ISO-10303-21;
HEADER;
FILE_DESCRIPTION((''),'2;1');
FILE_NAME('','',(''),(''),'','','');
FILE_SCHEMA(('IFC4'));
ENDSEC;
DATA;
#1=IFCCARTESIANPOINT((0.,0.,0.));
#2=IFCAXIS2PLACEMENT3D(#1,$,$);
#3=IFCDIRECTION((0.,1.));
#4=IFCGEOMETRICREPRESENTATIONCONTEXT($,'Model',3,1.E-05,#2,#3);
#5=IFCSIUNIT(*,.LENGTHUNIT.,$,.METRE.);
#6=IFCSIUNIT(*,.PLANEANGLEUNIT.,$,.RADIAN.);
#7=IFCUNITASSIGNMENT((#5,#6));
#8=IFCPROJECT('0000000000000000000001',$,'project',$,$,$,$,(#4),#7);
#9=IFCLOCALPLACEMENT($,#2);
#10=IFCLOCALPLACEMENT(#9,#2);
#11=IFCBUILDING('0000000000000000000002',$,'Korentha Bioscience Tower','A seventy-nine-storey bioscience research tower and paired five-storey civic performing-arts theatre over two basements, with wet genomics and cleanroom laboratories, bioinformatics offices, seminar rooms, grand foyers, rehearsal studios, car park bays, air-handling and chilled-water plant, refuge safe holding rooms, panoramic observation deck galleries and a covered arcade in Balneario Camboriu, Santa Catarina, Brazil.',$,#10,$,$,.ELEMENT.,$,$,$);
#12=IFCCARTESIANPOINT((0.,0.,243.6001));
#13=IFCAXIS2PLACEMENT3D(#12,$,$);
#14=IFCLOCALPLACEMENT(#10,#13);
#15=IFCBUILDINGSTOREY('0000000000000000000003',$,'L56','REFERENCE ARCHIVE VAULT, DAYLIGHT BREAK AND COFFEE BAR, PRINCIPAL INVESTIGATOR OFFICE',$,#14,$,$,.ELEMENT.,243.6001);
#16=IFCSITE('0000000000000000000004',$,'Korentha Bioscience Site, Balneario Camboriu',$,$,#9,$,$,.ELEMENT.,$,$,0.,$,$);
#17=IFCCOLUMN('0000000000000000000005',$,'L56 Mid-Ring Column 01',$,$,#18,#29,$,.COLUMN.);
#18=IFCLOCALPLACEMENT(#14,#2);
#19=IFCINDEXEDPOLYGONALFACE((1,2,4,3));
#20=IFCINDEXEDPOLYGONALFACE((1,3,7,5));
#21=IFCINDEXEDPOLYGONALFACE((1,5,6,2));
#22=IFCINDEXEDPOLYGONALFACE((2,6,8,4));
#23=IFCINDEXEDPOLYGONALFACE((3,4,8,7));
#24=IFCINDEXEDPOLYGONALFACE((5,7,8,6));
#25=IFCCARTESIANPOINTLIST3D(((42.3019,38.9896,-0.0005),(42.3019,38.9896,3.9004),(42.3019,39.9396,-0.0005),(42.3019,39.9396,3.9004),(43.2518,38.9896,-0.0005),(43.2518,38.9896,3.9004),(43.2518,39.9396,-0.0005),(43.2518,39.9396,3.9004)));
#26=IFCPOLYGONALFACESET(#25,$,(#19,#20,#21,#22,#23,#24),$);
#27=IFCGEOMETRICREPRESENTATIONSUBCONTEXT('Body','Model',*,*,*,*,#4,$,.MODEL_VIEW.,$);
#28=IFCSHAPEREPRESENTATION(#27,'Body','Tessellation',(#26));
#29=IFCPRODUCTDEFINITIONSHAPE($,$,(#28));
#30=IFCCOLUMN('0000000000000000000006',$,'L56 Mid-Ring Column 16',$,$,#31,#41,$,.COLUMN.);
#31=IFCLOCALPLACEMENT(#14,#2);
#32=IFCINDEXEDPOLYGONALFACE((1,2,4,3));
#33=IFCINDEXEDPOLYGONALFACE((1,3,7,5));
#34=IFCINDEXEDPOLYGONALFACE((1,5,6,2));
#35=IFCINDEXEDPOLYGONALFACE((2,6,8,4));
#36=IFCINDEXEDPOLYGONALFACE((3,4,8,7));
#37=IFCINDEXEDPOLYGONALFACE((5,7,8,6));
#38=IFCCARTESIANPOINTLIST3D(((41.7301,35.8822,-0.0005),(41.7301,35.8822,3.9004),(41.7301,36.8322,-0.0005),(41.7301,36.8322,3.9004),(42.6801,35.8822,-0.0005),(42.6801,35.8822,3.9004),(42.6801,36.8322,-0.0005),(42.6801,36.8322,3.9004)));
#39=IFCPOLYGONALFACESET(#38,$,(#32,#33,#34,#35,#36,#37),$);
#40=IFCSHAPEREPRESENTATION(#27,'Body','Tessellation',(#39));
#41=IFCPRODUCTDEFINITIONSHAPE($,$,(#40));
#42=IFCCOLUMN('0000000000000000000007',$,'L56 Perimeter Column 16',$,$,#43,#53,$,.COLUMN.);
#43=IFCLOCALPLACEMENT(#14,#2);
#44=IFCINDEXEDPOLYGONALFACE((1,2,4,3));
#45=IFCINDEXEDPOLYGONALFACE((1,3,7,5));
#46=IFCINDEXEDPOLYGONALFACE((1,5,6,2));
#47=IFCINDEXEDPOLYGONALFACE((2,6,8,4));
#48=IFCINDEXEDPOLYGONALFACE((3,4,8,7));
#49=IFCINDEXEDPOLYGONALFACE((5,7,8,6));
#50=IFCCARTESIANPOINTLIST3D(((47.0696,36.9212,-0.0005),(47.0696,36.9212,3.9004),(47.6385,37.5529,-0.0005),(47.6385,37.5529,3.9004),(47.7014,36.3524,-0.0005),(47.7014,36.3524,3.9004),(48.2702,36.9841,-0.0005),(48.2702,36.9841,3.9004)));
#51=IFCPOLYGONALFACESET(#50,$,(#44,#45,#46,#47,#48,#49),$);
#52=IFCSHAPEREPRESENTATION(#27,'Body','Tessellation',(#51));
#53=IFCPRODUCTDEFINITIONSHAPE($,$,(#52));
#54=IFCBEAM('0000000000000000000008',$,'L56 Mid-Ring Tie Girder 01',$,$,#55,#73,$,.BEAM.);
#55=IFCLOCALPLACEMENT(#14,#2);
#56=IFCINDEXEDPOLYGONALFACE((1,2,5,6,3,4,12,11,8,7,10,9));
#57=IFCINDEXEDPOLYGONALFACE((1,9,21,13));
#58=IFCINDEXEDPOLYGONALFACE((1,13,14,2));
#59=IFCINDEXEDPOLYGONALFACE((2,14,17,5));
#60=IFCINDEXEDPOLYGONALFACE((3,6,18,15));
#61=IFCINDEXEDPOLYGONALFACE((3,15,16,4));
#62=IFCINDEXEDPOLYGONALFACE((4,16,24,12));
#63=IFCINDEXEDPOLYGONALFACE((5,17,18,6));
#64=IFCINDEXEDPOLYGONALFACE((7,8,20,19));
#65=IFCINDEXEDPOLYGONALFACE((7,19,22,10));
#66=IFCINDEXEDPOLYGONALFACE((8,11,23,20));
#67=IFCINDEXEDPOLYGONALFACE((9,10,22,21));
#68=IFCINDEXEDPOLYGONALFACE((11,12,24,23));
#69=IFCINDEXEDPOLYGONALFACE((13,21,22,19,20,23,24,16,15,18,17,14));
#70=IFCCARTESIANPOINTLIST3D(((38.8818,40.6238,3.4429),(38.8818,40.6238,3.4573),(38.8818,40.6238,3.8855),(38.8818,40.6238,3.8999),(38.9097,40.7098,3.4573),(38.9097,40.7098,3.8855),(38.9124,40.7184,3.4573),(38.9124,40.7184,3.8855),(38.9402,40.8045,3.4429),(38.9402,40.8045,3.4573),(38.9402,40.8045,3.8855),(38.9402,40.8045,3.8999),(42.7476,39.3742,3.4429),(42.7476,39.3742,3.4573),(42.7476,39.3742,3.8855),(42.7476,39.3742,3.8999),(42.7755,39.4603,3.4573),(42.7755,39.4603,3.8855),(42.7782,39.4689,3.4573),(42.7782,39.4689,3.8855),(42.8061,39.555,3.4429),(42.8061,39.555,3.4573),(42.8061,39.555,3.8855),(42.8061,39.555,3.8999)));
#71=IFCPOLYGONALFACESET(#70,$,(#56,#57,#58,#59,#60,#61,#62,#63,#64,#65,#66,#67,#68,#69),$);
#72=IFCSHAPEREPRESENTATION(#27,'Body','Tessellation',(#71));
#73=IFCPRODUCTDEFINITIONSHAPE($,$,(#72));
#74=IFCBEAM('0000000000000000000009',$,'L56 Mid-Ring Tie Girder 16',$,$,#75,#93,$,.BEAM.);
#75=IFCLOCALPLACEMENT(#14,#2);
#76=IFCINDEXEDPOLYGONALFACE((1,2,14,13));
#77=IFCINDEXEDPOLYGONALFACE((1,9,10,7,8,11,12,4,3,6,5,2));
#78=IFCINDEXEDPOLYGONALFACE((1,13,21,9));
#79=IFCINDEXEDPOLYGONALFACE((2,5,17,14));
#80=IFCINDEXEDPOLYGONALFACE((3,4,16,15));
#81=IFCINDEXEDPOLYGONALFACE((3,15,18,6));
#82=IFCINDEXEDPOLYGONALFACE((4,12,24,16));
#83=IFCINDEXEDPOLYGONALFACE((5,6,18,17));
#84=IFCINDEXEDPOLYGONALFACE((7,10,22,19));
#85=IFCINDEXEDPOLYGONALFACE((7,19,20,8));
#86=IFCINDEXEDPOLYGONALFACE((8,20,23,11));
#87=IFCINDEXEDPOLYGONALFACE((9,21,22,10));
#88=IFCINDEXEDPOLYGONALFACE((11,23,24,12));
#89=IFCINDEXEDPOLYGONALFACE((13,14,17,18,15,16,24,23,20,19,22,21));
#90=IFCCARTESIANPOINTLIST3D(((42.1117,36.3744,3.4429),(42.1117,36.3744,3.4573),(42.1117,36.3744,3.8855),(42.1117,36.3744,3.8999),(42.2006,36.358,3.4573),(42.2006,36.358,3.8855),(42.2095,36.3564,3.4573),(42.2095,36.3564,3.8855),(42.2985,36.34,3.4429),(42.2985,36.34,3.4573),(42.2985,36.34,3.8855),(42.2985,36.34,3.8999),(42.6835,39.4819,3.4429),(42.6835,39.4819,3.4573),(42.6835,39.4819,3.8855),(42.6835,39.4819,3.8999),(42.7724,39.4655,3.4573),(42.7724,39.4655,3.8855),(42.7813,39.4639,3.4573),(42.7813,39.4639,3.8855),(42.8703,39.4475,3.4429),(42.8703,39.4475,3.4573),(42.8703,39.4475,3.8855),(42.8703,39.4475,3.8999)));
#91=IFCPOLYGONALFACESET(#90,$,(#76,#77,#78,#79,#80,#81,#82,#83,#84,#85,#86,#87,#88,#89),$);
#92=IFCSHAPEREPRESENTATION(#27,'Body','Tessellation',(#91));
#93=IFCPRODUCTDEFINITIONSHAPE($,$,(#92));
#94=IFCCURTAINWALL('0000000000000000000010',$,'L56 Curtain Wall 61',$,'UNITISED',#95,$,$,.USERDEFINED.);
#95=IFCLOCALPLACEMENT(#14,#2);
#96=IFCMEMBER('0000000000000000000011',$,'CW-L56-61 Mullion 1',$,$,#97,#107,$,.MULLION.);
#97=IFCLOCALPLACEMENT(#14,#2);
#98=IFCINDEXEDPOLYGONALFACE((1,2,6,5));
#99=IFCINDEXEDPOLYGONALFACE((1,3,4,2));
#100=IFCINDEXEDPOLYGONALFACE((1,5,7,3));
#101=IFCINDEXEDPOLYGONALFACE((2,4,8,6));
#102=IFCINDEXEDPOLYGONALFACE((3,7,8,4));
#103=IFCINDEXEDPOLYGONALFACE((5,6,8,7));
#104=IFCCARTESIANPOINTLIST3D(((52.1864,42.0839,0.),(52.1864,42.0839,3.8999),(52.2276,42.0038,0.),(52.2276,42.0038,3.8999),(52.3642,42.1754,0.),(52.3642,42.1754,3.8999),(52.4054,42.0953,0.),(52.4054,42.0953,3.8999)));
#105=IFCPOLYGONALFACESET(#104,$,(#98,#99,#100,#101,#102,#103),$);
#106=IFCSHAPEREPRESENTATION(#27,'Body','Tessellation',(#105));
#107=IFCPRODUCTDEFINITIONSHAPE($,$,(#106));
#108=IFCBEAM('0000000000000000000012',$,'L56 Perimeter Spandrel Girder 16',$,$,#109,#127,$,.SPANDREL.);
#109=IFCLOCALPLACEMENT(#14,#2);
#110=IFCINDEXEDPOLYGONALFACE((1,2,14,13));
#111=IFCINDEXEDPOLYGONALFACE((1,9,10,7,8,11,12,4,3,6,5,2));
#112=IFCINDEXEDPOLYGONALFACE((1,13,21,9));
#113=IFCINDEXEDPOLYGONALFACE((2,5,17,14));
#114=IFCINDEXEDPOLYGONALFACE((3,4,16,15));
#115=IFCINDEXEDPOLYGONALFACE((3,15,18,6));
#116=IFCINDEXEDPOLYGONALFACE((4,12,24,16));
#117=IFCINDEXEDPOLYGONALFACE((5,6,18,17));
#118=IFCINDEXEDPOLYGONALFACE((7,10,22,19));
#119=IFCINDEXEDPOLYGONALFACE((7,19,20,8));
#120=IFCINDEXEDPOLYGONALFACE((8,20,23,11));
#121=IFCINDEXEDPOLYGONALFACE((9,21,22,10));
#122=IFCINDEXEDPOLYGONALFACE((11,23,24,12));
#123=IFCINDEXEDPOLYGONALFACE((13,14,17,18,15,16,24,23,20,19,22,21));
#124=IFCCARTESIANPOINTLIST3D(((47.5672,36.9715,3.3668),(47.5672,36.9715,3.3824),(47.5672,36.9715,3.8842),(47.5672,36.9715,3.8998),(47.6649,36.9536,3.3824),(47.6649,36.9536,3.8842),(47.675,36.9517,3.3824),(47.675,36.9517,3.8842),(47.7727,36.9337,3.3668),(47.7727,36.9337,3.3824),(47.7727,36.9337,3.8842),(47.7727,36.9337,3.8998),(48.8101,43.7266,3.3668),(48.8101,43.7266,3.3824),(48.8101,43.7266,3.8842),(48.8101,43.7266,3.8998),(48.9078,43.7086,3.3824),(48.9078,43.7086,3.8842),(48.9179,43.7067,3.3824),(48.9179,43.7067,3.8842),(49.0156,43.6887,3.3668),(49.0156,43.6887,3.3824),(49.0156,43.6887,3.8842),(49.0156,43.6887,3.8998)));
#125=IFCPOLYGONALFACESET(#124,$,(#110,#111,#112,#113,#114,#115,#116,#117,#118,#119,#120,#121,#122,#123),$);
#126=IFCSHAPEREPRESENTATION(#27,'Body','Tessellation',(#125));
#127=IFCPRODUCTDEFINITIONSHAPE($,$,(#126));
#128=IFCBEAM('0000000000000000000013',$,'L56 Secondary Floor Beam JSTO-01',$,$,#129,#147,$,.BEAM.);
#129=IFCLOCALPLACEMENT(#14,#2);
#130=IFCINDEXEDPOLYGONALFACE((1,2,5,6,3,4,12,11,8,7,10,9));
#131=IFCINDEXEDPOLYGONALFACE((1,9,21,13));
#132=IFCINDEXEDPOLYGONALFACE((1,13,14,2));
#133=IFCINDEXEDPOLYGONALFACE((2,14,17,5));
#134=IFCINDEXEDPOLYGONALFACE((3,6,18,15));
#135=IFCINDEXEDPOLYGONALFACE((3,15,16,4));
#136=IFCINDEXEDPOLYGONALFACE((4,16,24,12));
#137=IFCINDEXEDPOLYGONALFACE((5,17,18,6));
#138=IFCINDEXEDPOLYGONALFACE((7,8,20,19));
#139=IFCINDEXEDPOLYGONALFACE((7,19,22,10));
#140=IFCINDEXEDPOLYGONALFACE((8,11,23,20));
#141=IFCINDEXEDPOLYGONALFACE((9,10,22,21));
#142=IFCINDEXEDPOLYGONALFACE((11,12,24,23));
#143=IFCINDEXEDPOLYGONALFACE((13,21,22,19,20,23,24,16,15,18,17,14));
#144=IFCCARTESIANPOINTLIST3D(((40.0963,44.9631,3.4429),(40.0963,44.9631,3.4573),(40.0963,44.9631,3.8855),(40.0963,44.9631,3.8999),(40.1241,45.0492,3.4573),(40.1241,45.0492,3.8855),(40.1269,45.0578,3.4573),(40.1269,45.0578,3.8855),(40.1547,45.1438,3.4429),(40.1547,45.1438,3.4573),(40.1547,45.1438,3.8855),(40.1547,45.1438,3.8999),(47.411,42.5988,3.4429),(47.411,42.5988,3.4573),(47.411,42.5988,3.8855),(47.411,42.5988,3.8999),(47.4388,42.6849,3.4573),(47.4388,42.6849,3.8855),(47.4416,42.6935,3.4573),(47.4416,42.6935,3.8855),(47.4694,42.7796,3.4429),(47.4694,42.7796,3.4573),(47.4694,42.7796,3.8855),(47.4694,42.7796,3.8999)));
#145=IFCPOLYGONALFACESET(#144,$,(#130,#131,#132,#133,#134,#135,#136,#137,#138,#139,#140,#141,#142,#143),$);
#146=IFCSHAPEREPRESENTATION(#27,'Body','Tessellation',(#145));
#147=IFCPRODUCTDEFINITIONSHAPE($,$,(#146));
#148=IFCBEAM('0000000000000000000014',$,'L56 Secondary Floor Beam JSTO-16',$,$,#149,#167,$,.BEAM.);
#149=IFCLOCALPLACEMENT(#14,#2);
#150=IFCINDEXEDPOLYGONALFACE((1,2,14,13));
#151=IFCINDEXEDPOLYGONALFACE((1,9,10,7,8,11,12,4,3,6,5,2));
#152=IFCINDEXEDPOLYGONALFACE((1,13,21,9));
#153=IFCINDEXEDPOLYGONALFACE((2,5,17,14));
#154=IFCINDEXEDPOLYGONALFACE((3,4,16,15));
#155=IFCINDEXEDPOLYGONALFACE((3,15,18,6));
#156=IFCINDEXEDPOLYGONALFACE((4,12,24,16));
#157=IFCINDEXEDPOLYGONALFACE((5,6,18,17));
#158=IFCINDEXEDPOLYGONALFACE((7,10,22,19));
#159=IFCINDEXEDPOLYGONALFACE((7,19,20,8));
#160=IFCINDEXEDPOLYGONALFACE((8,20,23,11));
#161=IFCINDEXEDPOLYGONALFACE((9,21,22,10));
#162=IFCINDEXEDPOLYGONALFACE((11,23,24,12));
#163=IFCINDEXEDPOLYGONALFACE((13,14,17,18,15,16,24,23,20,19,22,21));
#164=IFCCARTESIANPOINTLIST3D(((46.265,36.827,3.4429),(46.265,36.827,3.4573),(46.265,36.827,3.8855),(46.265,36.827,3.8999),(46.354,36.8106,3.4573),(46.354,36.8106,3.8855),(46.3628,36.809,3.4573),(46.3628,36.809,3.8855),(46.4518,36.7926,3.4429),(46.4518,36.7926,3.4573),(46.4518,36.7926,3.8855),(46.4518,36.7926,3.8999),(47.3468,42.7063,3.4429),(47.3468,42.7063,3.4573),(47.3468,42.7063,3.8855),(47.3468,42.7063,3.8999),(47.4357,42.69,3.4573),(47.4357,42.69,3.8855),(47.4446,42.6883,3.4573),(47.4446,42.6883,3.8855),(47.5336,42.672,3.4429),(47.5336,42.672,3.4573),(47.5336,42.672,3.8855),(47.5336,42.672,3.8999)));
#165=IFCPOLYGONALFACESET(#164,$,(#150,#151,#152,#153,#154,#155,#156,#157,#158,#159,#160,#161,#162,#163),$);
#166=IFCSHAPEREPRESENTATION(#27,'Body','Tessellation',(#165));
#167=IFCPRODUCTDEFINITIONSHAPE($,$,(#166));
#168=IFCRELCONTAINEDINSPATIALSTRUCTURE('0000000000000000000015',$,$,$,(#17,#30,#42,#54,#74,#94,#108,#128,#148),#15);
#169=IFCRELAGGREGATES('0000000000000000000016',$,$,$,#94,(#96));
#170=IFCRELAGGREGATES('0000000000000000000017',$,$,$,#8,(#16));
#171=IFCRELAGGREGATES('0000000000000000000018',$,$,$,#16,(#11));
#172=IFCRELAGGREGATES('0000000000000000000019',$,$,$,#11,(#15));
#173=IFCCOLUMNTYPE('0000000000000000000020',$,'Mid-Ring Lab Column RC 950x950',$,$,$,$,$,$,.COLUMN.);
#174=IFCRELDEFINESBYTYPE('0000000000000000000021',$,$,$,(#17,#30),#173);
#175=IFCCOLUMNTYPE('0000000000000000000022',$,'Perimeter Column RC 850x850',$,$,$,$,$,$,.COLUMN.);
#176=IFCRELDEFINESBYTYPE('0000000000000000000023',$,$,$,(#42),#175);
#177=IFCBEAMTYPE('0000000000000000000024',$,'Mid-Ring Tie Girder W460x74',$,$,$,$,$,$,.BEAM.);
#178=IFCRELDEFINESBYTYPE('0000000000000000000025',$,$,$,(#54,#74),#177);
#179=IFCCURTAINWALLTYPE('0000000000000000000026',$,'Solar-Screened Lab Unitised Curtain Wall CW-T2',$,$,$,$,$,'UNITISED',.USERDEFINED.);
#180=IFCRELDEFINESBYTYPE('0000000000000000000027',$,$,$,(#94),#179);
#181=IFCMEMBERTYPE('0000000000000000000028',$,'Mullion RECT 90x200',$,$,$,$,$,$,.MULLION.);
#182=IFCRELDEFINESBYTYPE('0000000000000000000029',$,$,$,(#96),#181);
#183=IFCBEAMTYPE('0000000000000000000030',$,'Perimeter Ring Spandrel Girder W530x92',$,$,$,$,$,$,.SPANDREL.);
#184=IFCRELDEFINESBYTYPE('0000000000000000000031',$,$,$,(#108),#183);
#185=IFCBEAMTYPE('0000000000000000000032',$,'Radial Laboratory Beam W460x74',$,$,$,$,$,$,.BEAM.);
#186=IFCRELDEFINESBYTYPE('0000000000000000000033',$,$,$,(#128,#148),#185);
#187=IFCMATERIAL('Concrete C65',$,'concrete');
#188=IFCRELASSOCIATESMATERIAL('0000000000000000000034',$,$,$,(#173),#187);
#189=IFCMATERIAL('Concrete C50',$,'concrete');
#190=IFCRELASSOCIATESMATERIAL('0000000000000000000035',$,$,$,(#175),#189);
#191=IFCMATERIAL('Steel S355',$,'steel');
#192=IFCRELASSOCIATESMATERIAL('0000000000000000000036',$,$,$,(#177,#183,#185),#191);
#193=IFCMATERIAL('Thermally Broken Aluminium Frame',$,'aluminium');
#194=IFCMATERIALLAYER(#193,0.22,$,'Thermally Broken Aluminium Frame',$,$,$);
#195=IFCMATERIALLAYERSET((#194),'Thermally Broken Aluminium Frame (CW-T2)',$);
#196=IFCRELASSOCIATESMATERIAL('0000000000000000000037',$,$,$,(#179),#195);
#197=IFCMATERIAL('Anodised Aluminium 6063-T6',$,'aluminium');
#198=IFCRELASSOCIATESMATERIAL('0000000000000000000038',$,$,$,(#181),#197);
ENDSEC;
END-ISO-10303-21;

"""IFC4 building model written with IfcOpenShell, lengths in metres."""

from ifc_helpers import new_model, si_unit, direction, frame, origin, origin_2d, place, context, subcontext, project, spatial, rectangle, i_section, extrude, material, layer, layer_set, material_profile, profile_set, type_object, element, aggregate, save


model = new_model("IFC4")

# Units and contexts
model_context = context("Model", 3, precision=1e-05, world=origin(), true_north=direction((0.0, 1.0)))
body_context = subcontext(model_context, "Body", "Model", "MODEL_VIEW")
ifc_project = project(units=[si_unit("LENGTHUNIT", "METRE"), si_unit("PLANEANGLEUNIT", "RADIAN")], contexts=[model_context])

# Site, building, storey
site_placement = place(None, origin())
site = spatial("IfcSite", under=ifc_project, at=site_placement, Name="Korentha Bioscience Site, Balneario Camboriu", CompositionType="ELEMENT", RefElevation=0.0)
building_placement = place(site_placement, origin())
building = spatial("IfcBuilding", under=site, at=building_placement, Name="Korentha Bioscience Tower", Description="A seventy-nine-storey bioscience research tower and paired five-storey civic performing-arts theatre over two basements, with wet genomics and cleanroom laboratories, bioinformatics offices, seminar rooms, grand foyers, rehearsal studios, car park bays, air-handling and chilled-water plant, refuge safe holding rooms, panoramic observation deck galleries and a covered arcade in Balneario Camboriu, Santa Catarina, Brazil.", CompositionType="ELEMENT")
storey_placement = place(building_placement, frame((0.0, 0.0, 243.6001)))
storey = spatial("IfcBuildingStorey", under=building, at=storey_placement, Name="L56", Description="REFERENCE ARCHIVE VAULT, DAYLIGHT BREAK AND COFFEE BAR, PRINCIPAL INVESTIGATOR OFFICE", CompositionType="ELEMENT", Elevation=243.6001)

# Columns
ifc_material_1 = material(Name="Concrete C65", Category="concrete")
ifc_material_profile_1 = material_profile(ifc_material_1, rectangle(XDim=0.95, YDim=0.95, at=origin_2d()), Name="Concrete C65")
ifc_profile_set_1 = profile_set([ifc_material_profile_1], Name="Concrete C65 (COL-MR09)")
column_type_1 = type_object("IfcColumnType", Name="Mid-Ring Lab Column RC 950x950", PredefinedType="COLUMN", material=ifc_profile_set_1)
for number, where, z_axis, x_axis, name in (
    (1, (42.7769, 39.4646, -0.0005), (0.0, 0.0, 1.0), (1.0, 0.0, 0.0), "L56 Mid-Ring Column 01"),
    (2, (42.2051, 36.3572, -0.0005), (0.0, 0.0, 1.0), (1.0, 0.0, 0.0), "L56 Mid-Ring Column 16"),
):
    element("IfcColumn", number, at=place(storey_placement, frame(where, z_axis=z_axis, x_axis=x_axis)), inside=storey, type_object=column_type_1, Name=name, PredefinedType="COLUMN", context=body_context, shape_type="SweptSolid", body=[
        extrude(rectangle(XDim=0.95, YDim=0.95, at=origin_2d()), origin(), (0.0, 0.0, 1.0), 3.9009),
    ])
ifc_material_2 = material(Name="Concrete C50", Category="concrete")
ifc_material_profile_2 = material_profile(ifc_material_2, rectangle(XDim=0.8501, YDim=0.8501, at=origin_2d()), Name="Concrete C50")
ifc_profile_set_2 = profile_set([ifc_material_profile_2], Name="Concrete C50 (COL-P08)")
column_type_2 = type_object("IfcColumnType", Name="Perimeter Column RC 850x850", PredefinedType="COLUMN", material=ifc_profile_set_2)
column_placement = place(storey_placement, frame((47.6699, 36.9526, -0.0005), z_axis=(0.0, 0.0, 1.0), x_axis=(0.669131, 0.743145, 0.0)))
element("IfcColumn", 3, at=column_placement, inside=storey, type_object=column_type_2, Name="L56 Perimeter Column 16", PredefinedType="COLUMN", context=body_context, shape_type="SweptSolid", body=[
    extrude(rectangle(XDim=0.8501, YDim=0.8501, at=origin_2d()), origin(), (0.0, 0.0, 1.0), 3.9009),
])

# Beams
ifc_material_3 = material(Name="Steel S355", Category="steel")
ifc_material_profile_3 = material_profile(ifc_material_3, i_section(OverallWidth=0.1899, OverallDepth=0.457, WebThickness=0.009, FlangeThickness=0.0144, at=origin_2d()), Name="Steel S355")
ifc_profile_set_3 = profile_set([ifc_material_profile_3], Name="Steel S355 (MB-460)")
beam_type_1 = type_object("IfcBeamType", Name="Mid-Ring Tie Girder W460x74", PredefinedType="BEAM", material=ifc_profile_set_3)
beam_1_placement = place(storey_placement, frame((42.7769, 39.4646, 3.6714), z_axis=(-0.951528, 0.307561, 0.0), x_axis=(-0.307561, -0.951528, 0.0)))
element("IfcBeam", 4, at=beam_1_placement, inside=storey, type_object=beam_type_1, Name="L56 Mid-Ring Tie Girder 01", PredefinedType="BEAM", context=body_context, shape_type="SweptSolid", body=[
    extrude(i_section(OverallWidth=0.1899, OverallDepth=0.457, WebThickness=0.009, FlangeThickness=0.0144, at=origin_2d()), origin(), (0.0, 0.0, 1.0), 4.0627),
])
beam_2_placement = place(storey_placement, frame((42.2051, 36.3572, 3.6714), z_axis=(0.180966, 0.983489, 0.0), x_axis=(-0.983489, 0.180966, 0.0)))
element("IfcBeam", 5, at=beam_2_placement, inside=storey, type_object=beam_type_1, Name="L56 Mid-Ring Tie Girder 16", PredefinedType="BEAM", context=body_context, shape_type="SweptSolid", body=[
    extrude(i_section(OverallWidth=0.1899, OverallDepth=0.457, WebThickness=0.009, FlangeThickness=0.0144, at=origin_2d()), origin(), (0.0, 0.0, 1.0), 3.1597),
])

# Curtain wall, member
ifc_material_4 = material(Name="Thermally Broken Aluminium Frame", Category="aluminium")
ifc_layer_1 = layer(ifc_material_4, 0.22, Name="Thermally Broken Aluminium Frame")
ifc_layer_set_1 = layer_set([ifc_layer_1], Name="Thermally Broken Aluminium Frame (CW-T2)")
curtain_wall_type = type_object("IfcCurtainWallType", Name="Solar-Screened Lab Unitised Curtain Wall CW-T2", ElementType="UNITISED", PredefinedType="USERDEFINED", material=ifc_layer_set_1)
curtain_wall_placement = place(storey_placement, origin())
curtain_wall = element("IfcCurtainWall", 6, at=curtain_wall_placement, inside=storey, type_object=curtain_wall_type, Name="L56 Curtain Wall 61", ObjectType="UNITISED", PredefinedType="USERDEFINED")
ifc_material_5 = material(Name="Anodised Aluminium 6063-T6", Category="aluminium")
ifc_material_profile_4 = material_profile(ifc_material_5, rectangle(XDim=0.0901, YDim=0.2, at=origin_2d()), Name="Anodised Aluminium 6063-T6")
ifc_profile_set_4 = profile_set([ifc_material_profile_4], Name="Anodised Aluminium 6063-T6 (CW-MUL)")
member_type_1 = type_object("IfcMemberType", Name="Mullion RECT 90x200", PredefinedType="MULLION", material=ifc_profile_set_4)
member_1_placement = place(storey_placement, frame((52.2959, 42.0896, 0.0), z_axis=(0.0, 0.0, 1.0), x_axis=(-0.45757, 0.889174, 0.0)))
member_1 = element("IfcMember", 7, at=member_1_placement, type_object=member_type_1, Name="CW-L56-61 Mullion 1", PredefinedType="MULLION", context=body_context, shape_type="SweptSolid", body=[
    extrude(rectangle(XDim=0.0901, YDim=0.2, at=origin_2d()), origin(), (0.0, 0.0, 1.0), 3.8999),
])

# Beams
ifc_material_profile_5 = material_profile(ifc_material_3, i_section(OverallWidth=0.209, OverallDepth=0.533, WebThickness=0.0103, FlangeThickness=0.0156, at=origin_2d()), Name="Steel S355")
ifc_profile_set_5 = profile_set([ifc_material_profile_5], Name="Steel S355 (SB-530)")
beam_type_2 = type_object("IfcBeamType", Name="Perimeter Ring Spandrel Girder W530x92", PredefinedType="SPANDREL", material=ifc_profile_set_5)
beam_3_placement = place(storey_placement, frame((47.6699, 36.9526, 3.6333), z_axis=(0.180959, 0.983491, 0.0), x_axis=(-0.983491, 0.180959, 0.0)))
element("IfcBeam", 8, at=beam_3_placement, inside=storey, type_object=beam_type_2, Name="L56 Perimeter Spandrel Girder 16", PredefinedType="SPANDREL", context=body_context, shape_type="SweptSolid", body=[
    extrude(i_section(OverallWidth=0.209, OverallDepth=0.533, WebThickness=0.0103, FlangeThickness=0.0156, at=origin_2d()), origin(), (0.0, 0.0, 1.0), 6.8684),
])
ifc_material_profile_6 = material_profile(ifc_material_3, i_section(OverallWidth=0.1899, OverallDepth=0.457, WebThickness=0.009, FlangeThickness=0.0144, at=origin_2d()), Name="Steel S355")
ifc_profile_set_6 = profile_set([ifc_material_profile_6], Name="Steel S355 (RB-460)")
beam_type_3 = type_object("IfcBeamType", Name="Radial Laboratory Beam W460x74", PredefinedType="BEAM", material=ifc_profile_set_6)
beam_4_placement = place(storey_placement, frame((47.4402, 42.6892, 3.6714), z_axis=(-0.951531, 0.307554, 0.0), x_axis=(-0.307554, -0.951531, 0.0)))
element("IfcBeam", 9, at=beam_4_placement, inside=storey, type_object=beam_type_3, Name="L56 Secondary Floor Beam JSTO-01", PredefinedType="BEAM", context=body_context, shape_type="SweptSolid", body=[
    extrude(i_section(OverallWidth=0.1899, OverallDepth=0.457, WebThickness=0.009, FlangeThickness=0.0144, at=origin_2d()), origin(), (0.0, 0.0, 1.0), 7.6873),
])
beam_5_placement = place(storey_placement, frame((46.3584, 36.8098, 3.6714), z_axis=(0.180959, 0.983491, 0.0), x_axis=(-0.983491, 0.180959, 0.0)))
element("IfcBeam", 10, at=beam_5_placement, inside=storey, type_object=beam_type_3, Name="L56 Secondary Floor Beam JSTO-16", PredefinedType="BEAM", context=body_context, shape_type="SweptSolid", body=[
    extrude(i_section(OverallWidth=0.1899, OverallDepth=0.457, WebThickness=0.009, FlangeThickness=0.0144, at=origin_2d()), origin(), (0.0, 0.0, 1.0), 5.978),
])

aggregate(curtain_wall, [member_1])

save(model, "model.ifc")
